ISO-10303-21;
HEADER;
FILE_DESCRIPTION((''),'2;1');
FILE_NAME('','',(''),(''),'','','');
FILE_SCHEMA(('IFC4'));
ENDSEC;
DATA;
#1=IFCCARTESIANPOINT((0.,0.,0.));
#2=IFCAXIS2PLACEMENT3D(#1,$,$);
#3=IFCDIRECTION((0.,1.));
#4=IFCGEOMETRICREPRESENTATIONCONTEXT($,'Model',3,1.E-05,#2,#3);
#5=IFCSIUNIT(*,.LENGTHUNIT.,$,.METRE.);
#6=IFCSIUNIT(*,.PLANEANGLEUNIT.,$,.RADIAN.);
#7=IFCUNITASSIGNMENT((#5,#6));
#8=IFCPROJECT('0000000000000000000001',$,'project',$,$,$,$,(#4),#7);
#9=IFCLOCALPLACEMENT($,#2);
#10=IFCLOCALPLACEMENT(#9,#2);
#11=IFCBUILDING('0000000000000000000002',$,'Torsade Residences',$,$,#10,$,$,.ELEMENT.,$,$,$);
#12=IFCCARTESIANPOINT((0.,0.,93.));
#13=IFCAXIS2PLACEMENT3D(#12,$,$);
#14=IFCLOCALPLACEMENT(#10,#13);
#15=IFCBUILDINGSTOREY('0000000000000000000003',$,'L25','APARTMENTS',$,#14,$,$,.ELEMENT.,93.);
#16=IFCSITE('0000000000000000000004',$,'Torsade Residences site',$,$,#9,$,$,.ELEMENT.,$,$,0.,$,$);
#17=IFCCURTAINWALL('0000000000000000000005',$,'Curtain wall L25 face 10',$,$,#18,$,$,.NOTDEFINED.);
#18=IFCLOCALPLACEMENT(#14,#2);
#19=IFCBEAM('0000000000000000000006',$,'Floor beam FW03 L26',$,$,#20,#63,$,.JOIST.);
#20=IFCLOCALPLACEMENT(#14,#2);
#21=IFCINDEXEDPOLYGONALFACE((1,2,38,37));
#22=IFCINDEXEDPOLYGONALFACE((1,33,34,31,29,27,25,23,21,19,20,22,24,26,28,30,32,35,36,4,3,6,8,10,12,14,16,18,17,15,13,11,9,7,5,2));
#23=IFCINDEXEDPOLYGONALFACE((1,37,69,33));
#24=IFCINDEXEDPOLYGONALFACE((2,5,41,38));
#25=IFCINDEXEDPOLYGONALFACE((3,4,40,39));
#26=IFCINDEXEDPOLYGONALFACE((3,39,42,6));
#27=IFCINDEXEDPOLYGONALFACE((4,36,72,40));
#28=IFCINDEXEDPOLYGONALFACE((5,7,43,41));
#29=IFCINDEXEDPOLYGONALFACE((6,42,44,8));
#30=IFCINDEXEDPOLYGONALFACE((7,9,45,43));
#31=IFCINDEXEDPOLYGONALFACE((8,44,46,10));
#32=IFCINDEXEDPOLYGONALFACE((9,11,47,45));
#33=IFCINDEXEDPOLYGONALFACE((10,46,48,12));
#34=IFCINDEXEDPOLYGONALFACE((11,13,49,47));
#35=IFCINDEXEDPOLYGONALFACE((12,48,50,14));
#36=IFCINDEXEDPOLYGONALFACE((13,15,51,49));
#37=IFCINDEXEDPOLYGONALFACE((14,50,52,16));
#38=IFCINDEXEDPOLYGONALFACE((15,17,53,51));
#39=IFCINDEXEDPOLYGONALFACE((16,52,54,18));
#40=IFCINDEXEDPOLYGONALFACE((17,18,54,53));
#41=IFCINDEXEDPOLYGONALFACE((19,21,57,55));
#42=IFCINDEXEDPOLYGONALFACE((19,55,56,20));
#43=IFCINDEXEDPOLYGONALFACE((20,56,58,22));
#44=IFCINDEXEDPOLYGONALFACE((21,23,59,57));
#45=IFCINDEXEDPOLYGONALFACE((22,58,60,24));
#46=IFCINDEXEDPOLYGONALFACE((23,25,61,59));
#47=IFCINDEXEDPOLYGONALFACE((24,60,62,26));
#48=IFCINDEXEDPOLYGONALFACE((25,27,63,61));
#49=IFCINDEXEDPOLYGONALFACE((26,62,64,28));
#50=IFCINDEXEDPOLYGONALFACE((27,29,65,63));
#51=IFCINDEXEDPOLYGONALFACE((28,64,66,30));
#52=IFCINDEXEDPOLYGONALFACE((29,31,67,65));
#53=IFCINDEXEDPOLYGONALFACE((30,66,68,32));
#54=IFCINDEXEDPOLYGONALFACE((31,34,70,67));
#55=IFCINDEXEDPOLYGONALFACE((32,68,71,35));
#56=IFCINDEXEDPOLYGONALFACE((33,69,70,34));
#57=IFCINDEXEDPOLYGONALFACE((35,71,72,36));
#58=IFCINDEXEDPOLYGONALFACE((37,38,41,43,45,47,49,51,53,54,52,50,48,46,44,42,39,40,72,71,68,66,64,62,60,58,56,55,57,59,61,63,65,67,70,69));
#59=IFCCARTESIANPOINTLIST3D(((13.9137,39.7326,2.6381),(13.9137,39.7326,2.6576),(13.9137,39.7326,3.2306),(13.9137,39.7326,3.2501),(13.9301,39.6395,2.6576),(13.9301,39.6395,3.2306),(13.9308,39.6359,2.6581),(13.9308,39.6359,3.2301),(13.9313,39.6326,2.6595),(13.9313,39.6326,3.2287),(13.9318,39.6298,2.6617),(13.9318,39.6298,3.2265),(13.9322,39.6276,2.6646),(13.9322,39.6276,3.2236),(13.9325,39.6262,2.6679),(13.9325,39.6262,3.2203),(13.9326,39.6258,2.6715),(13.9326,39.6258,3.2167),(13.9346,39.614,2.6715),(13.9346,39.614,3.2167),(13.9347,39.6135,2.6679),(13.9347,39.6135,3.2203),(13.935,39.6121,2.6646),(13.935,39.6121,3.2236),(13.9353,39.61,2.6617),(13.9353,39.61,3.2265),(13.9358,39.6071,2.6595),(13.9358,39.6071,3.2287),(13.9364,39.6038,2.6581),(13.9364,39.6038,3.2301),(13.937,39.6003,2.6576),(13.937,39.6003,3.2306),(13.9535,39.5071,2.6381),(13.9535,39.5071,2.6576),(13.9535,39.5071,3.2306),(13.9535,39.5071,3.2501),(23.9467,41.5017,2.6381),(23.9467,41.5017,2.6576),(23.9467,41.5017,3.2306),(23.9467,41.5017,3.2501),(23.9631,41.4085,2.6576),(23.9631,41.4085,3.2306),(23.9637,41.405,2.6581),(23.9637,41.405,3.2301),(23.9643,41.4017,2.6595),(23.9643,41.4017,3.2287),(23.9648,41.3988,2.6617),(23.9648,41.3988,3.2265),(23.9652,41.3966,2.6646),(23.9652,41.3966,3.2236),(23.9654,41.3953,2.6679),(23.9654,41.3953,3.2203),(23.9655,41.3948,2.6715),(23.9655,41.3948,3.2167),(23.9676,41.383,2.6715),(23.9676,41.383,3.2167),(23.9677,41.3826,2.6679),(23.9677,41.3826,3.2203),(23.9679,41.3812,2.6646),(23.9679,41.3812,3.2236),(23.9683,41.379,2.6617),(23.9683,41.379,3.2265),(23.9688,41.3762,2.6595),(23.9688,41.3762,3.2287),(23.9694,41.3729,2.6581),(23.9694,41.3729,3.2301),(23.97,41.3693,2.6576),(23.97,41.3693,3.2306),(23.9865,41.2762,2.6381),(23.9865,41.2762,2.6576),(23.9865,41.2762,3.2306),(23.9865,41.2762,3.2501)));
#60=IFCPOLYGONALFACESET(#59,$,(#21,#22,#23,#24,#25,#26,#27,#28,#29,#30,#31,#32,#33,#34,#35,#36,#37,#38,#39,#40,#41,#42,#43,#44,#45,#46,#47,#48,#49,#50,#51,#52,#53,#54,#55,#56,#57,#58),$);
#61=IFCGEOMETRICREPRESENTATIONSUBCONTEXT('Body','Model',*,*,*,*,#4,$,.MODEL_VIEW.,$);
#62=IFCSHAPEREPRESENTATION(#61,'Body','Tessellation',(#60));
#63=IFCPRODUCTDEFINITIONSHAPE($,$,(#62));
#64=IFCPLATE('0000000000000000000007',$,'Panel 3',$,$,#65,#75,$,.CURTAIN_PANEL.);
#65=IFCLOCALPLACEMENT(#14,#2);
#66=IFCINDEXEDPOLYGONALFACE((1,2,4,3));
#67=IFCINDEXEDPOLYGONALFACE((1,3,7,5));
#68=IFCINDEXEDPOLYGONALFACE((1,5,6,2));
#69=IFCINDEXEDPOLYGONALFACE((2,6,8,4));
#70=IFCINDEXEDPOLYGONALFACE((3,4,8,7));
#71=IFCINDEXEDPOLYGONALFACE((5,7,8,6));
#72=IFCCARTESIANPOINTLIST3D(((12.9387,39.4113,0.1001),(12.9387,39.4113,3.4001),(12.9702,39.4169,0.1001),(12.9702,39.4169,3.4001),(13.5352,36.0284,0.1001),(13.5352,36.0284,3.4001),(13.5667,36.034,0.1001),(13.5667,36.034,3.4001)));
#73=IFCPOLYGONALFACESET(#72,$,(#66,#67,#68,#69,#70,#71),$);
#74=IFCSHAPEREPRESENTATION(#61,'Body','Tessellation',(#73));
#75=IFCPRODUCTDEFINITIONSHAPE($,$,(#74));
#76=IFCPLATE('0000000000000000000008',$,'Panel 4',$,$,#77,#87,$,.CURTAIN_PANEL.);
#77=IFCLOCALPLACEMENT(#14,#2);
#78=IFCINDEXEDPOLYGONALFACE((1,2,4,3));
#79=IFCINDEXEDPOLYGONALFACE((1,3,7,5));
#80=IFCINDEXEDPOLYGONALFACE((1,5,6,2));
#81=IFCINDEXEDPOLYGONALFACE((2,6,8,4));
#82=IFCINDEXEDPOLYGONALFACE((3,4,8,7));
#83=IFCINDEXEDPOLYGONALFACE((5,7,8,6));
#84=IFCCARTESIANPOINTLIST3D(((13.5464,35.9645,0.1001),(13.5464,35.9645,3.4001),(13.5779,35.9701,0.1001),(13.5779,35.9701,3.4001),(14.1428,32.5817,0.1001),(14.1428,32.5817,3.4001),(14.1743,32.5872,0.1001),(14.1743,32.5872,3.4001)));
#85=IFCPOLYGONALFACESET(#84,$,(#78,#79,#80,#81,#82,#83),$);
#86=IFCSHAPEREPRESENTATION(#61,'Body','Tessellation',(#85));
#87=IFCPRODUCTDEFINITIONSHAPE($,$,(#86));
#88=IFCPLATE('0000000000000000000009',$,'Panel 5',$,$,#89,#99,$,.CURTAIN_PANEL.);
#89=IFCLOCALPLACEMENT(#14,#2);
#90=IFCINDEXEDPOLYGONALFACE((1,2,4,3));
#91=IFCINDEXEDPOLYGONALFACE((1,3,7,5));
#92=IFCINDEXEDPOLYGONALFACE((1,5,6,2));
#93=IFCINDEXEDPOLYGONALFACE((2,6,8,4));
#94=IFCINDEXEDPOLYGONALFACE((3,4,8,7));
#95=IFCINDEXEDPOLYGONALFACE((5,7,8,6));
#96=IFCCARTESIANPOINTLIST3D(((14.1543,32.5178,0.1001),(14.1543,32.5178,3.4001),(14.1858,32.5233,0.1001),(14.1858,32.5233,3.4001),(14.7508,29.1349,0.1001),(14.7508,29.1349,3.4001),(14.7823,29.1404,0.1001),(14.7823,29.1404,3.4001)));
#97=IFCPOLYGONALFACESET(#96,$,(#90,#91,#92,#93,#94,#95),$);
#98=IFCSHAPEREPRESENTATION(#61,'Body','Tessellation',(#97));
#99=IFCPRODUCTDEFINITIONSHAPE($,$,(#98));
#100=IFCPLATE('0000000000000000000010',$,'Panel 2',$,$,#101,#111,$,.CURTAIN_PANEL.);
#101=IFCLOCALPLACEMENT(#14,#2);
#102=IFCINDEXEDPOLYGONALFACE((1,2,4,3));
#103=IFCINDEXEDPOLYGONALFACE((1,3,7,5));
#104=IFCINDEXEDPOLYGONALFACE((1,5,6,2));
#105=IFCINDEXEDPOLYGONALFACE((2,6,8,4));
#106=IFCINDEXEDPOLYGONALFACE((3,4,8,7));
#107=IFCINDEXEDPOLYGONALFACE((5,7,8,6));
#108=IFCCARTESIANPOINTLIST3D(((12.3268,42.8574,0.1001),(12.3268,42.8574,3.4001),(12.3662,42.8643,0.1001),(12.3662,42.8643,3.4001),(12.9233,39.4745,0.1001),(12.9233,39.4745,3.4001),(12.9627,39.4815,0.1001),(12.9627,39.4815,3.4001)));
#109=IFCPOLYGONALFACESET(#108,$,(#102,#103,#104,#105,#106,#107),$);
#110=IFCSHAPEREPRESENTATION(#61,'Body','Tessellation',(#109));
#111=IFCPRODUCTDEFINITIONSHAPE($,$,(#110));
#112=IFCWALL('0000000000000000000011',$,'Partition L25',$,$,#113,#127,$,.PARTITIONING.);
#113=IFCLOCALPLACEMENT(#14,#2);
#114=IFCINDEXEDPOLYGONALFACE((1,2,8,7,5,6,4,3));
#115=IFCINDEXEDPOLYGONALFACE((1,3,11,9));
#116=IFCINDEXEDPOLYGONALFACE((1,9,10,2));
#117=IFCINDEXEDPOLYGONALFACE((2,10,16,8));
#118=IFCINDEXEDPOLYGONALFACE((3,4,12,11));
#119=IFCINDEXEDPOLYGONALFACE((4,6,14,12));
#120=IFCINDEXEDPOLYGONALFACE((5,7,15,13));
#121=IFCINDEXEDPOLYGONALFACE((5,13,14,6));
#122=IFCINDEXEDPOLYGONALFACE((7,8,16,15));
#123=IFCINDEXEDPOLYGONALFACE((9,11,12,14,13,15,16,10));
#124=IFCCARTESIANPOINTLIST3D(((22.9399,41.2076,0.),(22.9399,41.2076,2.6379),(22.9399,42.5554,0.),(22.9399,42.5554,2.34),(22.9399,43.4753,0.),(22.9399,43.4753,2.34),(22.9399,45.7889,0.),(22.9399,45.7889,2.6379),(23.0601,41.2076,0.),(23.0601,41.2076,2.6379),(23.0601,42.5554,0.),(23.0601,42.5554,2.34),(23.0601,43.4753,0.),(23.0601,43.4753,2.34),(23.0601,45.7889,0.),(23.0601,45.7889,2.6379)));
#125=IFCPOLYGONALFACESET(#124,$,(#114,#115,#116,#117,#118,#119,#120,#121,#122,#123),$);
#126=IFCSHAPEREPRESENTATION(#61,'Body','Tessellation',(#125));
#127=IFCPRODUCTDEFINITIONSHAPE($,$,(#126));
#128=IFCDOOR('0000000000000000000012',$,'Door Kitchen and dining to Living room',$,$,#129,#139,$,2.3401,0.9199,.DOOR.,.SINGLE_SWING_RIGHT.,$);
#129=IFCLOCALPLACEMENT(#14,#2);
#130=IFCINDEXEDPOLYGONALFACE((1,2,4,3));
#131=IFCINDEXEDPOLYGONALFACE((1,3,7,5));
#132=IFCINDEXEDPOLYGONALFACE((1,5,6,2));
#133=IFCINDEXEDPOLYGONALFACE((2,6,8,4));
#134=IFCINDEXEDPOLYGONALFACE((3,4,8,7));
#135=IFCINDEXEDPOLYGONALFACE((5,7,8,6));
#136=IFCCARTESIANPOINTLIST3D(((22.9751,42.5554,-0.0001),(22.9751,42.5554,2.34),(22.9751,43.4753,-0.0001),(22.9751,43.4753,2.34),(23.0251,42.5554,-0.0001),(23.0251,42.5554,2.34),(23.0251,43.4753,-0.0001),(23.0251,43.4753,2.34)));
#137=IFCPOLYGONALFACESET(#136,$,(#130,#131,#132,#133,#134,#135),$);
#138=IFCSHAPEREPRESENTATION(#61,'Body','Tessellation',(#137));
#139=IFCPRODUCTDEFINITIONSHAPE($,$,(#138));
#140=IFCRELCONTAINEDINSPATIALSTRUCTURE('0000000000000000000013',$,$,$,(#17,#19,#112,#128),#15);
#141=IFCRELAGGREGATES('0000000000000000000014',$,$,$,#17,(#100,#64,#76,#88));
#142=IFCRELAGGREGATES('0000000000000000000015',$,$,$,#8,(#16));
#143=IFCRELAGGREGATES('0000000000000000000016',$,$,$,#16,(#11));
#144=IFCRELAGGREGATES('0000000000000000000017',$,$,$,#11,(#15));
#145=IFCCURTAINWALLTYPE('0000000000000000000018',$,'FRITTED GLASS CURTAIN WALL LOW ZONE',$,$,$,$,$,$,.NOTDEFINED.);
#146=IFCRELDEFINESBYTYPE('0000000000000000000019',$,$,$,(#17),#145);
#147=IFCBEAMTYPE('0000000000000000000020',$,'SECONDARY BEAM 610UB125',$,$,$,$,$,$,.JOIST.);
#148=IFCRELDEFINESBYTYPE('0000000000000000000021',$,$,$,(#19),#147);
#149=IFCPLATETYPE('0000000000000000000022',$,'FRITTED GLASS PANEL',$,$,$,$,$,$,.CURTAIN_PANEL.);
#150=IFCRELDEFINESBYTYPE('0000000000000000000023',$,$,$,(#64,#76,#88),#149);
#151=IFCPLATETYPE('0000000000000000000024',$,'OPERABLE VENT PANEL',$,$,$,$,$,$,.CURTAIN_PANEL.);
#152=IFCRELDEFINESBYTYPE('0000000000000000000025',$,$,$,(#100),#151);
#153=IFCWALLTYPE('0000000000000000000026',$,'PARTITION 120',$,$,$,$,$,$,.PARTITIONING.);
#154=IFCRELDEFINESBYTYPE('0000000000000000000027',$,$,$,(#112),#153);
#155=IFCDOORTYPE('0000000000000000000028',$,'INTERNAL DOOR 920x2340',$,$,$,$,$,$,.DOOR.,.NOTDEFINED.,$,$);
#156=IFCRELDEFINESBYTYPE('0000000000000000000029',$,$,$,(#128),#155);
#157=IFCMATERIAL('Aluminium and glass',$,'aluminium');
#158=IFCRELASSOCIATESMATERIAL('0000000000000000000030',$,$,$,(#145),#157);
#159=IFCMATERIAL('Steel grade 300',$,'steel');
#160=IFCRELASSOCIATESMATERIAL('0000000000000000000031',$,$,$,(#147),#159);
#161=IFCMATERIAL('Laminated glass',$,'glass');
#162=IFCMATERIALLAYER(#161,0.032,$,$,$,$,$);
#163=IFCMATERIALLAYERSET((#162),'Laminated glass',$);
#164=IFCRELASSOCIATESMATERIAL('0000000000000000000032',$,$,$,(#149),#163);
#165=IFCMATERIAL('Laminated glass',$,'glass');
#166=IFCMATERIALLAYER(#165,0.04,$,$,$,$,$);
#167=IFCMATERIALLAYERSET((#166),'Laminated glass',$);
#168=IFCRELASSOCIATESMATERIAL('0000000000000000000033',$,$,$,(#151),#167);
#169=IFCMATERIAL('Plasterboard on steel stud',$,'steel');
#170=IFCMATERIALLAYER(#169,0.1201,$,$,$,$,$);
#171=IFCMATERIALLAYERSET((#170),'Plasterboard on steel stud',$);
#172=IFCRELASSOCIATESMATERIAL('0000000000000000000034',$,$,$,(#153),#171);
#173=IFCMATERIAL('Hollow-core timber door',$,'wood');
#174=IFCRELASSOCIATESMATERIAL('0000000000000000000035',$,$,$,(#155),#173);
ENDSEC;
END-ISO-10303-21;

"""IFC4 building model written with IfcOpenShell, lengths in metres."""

from ifc_helpers import new_model, si_unit, direction, frame, frame_2d, origin, origin_2d, place, context, subcontext, project, spatial, rectangle, i_section, extrude, material, layer, layer_set, material_profile, profile_set, type_object, element, fill, aggregate, save


model = new_model("IFC4")

# Units and contexts
model_context = context("Model", 3, precision=1e-05, world=origin(), true_north=direction((0.0, 1.0)))
body_context = subcontext(model_context, "Body", "Model", "MODEL_VIEW")
ifc_project = project(units=[si_unit("LENGTHUNIT", "METRE"), si_unit("PLANEANGLEUNIT", "RADIAN")], contexts=[model_context])

# Site, building, storey
site_placement = place(None, origin())
site = spatial("IfcSite", under=ifc_project, at=site_placement, Name="Torsade Residences site", CompositionType="ELEMENT", RefElevation=0.0)
building_placement = place(site_placement, origin())
building = spatial("IfcBuilding", under=site, at=building_placement, Name="Torsade Residences", CompositionType="ELEMENT")
storey_placement = place(building_placement, frame((0.0, 0.0, 93.0)))
storey = spatial("IfcBuildingStorey", under=building, at=storey_placement, Name="L25", Description="APARTMENTS", CompositionType="ELEMENT", Elevation=93.0)

# Curtain wall
ifc_material_1 = material(Name="Aluminium and glass", Category="aluminium")
curtain_wall_type = type_object("IfcCurtainWallType", Name="FRITTED GLASS CURTAIN WALL LOW ZONE", PredefinedType="NOTDEFINED", material=ifc_material_1)
curtain_wall_placement = place(storey_placement, origin())
curtain_wall = element("IfcCurtainWall", 1, at=curtain_wall_placement, inside=storey, type_object=curtain_wall_type, Name="Curtain wall L25 face 10", PredefinedType="NOTDEFINED")

# Beam
ifc_material_2 = material(Name="Steel grade 300", Category="steel")
ifc_material_profile_1 = material_profile(ifc_material_2, i_section(OverallWidth=0.229, OverallDepth=0.6121, WebThickness=0.012, FlangeThickness=0.0195, FilletRadius=0.0139, at=origin_2d()), Name="610UB125")
ifc_profile_set_1 = profile_set([ifc_material_profile_1], Name="Steel grade 300")
beam_type_1 = type_object("IfcBeamType", Name="SECONDARY BEAM 610UB125", PredefinedType="JOIST", material=ifc_profile_set_1)
beam_1_placement = place(storey_placement, frame((13.9336, 39.6199, 2.9441), z_axis=(0.984808, 0.173645, 0.0), x_axis=(-0.173645, 0.984808, 0.0)))
element("IfcBeam", 2, at=beam_1_placement, inside=storey, type_object=beam_type_1, Name="Floor beam FW03 L26", PredefinedType="JOIST", context=body_context, shape_type="SweptSolid", body=[
    extrude(i_section(OverallWidth=0.229, OverallDepth=0.6121, WebThickness=0.012, FlangeThickness=0.0195, FilletRadius=0.0139, at=origin_2d()), origin(), (0.0, 0.0, 1.0), 10.1877),
])

# Plates
ifc_material_3 = material(Name="Laminated glass", Category="glass")
ifc_layer_1 = layer(ifc_material_3, 0.032)
ifc_layer_set_1 = layer_set([ifc_layer_1], Name="Laminated glass")
plate_type_1 = type_object("IfcPlateType", Name="FRITTED GLASS PANEL", PredefinedType="CURTAIN_PANEL", material=ifc_layer_set_1)
plate_1_placement = place(storey_placement, frame((13.2527, 37.7227, 0.1001), z_axis=(0.0, 0.0, 1.0), x_axis=(0.173648, -0.984808, 0.0)))
plate_1 = element("IfcPlate", 3, at=plate_1_placement, type_object=plate_type_1, Name="Panel 3", PredefinedType="CURTAIN_PANEL", context=body_context, shape_type="SweptSolid", body=[
    extrude(rectangle(XDim=3.4351, YDim=0.032, at=origin_2d()), origin(), (0.0, 0.0, 1.0), 3.3),
])
plate_2_placement = place(storey_placement, frame((13.8604, 34.2759, 0.1001), z_axis=(0.0, 0.0, 1.0), x_axis=(0.173648, -0.984808, 0.0)))
plate_2 = element("IfcPlate", 4, at=plate_2_placement, type_object=plate_type_1, Name="Panel 4", PredefinedType="CURTAIN_PANEL", context=body_context, shape_type="SweptSolid", body=[
    extrude(rectangle(XDim=3.4351, YDim=0.032, at=origin_2d()), origin(), (0.0, 0.0, 1.0), 3.3),
])
plate_3_placement = place(storey_placement, frame((14.4683, 30.8291, 0.1001), z_axis=(0.0, 0.0, 1.0), x_axis=(0.173648, -0.984808, 0.0)))
plate_3 = element("IfcPlate", 5, at=plate_3_placement, type_object=plate_type_1, Name="Panel 5", PredefinedType="CURTAIN_PANEL", context=body_context, shape_type="SweptSolid", body=[
    extrude(rectangle(XDim=3.4351, YDim=0.032, at=origin_2d()), origin(), (0.0, 0.0, 1.0), 3.3),
])
ifc_material_4 = material(Name="Laminated glass", Category="glass")
ifc_layer_2 = layer(ifc_material_4, 0.04)
ifc_layer_set_2 = layer_set([ifc_layer_2], Name="Laminated glass")
plate_type_2 = type_object("IfcPlateType", Name="OPERABLE VENT PANEL", PredefinedType="CURTAIN_PANEL", material=ifc_layer_set_2)
plate_4_placement = place(storey_placement, frame((12.6448, 41.1694, 0.1001), z_axis=(0.0, 0.0, 1.0), x_axis=(0.173648, -0.984808, 0.0)))
plate_4 = element("IfcPlate", 6, at=plate_4_placement, type_object=plate_type_2, Name="Panel 2", PredefinedType="CURTAIN_PANEL", context=body_context, shape_type="SweptSolid", body=[
    extrude(rectangle(XDim=3.4351, YDim=0.04, at=origin_2d()), origin(), (0.0, 0.0, 1.0), 3.3),
])
aggregate(curtain_wall, [plate_4, plate_1, plate_2, plate_3])

# Wall, opening, door
ifc_material_5 = material(Name="Plasterboard on steel stud", Category="steel")
ifc_layer_3 = layer(ifc_material_5, 0.1201)
ifc_layer_set_3 = layer_set([ifc_layer_3], Name="Plasterboard on steel stud")
wall_type_1 = type_object("IfcWallType", Name="PARTITION 120", PredefinedType="PARTITIONING", material=ifc_layer_set_3)
wall_1_placement = place(storey_placement, frame((23.0, 41.2078, 0.0), z_axis=(0.0, 0.0, 1.0), x_axis=(0.0, 1.0, 0.0)))
wall_1 = element("IfcWall", 7, at=wall_1_placement, inside=storey, type_object=wall_type_1, Name="Partition L25", PredefinedType="PARTITIONING", context=body_context, shape_type="SweptSolid", body=[
    extrude(rectangle(XDim=4.5813, YDim=0.1201, at=frame_2d((2.2905, 0.0))), origin(), (0.0, 0.0, 1.0), 2.6379),
])
opening_1_placement = place(wall_1_placement, frame((1.3477, 0.0, 0.0)))
opening_1 = element("IfcOpeningElement", 8, at=opening_1_placement, cuts=wall_1, PredefinedType="OPENING", context=body_context, shape_type="SweptSolid", body=[
    extrude(rectangle(XDim=0.9199, YDim=2.3401, at=frame_2d((0.46, 1.1699))), frame((0.0, 0.0701, 0.0), z_axis=(0.0, -1.0, 0.0), x_axis=(1.0, 0.0, 0.0)), (0.0, 0.0, 1.0), 0.1401),
])
ifc_material_6 = material(Name="Hollow-core timber door", Category="wood")
door_type_1 = type_object("IfcDoorType", Name="INTERNAL DOOR 920x2340", OperationType="NOTDEFINED", PredefinedType="DOOR", material=ifc_material_6)
door_1_placement = place(opening_1_placement, origin())
door_1 = element("IfcDoor", 9, at=door_1_placement, inside=storey, type_object=door_type_1, Name="Door Kitchen and dining to Living room", OperationType="SINGLE_SWING_RIGHT", OverallHeight=2.3401, OverallWidth=0.9199, PredefinedType="DOOR", context=body_context, shape_type="SweptSolid", body=[
    extrude(rectangle(XDim=0.9199, YDim=2.3401, at=frame_2d((0.46, 1.1699))), frame((0.0, 0.0249, 0.0), z_axis=(0.0, -1.0, 0.0), x_axis=(1.0, 0.0, 0.0)), (0.0, 0.0, 1.0), 0.05),
])
fill(opening_1, door_1)

save(model, "model.ifc")
